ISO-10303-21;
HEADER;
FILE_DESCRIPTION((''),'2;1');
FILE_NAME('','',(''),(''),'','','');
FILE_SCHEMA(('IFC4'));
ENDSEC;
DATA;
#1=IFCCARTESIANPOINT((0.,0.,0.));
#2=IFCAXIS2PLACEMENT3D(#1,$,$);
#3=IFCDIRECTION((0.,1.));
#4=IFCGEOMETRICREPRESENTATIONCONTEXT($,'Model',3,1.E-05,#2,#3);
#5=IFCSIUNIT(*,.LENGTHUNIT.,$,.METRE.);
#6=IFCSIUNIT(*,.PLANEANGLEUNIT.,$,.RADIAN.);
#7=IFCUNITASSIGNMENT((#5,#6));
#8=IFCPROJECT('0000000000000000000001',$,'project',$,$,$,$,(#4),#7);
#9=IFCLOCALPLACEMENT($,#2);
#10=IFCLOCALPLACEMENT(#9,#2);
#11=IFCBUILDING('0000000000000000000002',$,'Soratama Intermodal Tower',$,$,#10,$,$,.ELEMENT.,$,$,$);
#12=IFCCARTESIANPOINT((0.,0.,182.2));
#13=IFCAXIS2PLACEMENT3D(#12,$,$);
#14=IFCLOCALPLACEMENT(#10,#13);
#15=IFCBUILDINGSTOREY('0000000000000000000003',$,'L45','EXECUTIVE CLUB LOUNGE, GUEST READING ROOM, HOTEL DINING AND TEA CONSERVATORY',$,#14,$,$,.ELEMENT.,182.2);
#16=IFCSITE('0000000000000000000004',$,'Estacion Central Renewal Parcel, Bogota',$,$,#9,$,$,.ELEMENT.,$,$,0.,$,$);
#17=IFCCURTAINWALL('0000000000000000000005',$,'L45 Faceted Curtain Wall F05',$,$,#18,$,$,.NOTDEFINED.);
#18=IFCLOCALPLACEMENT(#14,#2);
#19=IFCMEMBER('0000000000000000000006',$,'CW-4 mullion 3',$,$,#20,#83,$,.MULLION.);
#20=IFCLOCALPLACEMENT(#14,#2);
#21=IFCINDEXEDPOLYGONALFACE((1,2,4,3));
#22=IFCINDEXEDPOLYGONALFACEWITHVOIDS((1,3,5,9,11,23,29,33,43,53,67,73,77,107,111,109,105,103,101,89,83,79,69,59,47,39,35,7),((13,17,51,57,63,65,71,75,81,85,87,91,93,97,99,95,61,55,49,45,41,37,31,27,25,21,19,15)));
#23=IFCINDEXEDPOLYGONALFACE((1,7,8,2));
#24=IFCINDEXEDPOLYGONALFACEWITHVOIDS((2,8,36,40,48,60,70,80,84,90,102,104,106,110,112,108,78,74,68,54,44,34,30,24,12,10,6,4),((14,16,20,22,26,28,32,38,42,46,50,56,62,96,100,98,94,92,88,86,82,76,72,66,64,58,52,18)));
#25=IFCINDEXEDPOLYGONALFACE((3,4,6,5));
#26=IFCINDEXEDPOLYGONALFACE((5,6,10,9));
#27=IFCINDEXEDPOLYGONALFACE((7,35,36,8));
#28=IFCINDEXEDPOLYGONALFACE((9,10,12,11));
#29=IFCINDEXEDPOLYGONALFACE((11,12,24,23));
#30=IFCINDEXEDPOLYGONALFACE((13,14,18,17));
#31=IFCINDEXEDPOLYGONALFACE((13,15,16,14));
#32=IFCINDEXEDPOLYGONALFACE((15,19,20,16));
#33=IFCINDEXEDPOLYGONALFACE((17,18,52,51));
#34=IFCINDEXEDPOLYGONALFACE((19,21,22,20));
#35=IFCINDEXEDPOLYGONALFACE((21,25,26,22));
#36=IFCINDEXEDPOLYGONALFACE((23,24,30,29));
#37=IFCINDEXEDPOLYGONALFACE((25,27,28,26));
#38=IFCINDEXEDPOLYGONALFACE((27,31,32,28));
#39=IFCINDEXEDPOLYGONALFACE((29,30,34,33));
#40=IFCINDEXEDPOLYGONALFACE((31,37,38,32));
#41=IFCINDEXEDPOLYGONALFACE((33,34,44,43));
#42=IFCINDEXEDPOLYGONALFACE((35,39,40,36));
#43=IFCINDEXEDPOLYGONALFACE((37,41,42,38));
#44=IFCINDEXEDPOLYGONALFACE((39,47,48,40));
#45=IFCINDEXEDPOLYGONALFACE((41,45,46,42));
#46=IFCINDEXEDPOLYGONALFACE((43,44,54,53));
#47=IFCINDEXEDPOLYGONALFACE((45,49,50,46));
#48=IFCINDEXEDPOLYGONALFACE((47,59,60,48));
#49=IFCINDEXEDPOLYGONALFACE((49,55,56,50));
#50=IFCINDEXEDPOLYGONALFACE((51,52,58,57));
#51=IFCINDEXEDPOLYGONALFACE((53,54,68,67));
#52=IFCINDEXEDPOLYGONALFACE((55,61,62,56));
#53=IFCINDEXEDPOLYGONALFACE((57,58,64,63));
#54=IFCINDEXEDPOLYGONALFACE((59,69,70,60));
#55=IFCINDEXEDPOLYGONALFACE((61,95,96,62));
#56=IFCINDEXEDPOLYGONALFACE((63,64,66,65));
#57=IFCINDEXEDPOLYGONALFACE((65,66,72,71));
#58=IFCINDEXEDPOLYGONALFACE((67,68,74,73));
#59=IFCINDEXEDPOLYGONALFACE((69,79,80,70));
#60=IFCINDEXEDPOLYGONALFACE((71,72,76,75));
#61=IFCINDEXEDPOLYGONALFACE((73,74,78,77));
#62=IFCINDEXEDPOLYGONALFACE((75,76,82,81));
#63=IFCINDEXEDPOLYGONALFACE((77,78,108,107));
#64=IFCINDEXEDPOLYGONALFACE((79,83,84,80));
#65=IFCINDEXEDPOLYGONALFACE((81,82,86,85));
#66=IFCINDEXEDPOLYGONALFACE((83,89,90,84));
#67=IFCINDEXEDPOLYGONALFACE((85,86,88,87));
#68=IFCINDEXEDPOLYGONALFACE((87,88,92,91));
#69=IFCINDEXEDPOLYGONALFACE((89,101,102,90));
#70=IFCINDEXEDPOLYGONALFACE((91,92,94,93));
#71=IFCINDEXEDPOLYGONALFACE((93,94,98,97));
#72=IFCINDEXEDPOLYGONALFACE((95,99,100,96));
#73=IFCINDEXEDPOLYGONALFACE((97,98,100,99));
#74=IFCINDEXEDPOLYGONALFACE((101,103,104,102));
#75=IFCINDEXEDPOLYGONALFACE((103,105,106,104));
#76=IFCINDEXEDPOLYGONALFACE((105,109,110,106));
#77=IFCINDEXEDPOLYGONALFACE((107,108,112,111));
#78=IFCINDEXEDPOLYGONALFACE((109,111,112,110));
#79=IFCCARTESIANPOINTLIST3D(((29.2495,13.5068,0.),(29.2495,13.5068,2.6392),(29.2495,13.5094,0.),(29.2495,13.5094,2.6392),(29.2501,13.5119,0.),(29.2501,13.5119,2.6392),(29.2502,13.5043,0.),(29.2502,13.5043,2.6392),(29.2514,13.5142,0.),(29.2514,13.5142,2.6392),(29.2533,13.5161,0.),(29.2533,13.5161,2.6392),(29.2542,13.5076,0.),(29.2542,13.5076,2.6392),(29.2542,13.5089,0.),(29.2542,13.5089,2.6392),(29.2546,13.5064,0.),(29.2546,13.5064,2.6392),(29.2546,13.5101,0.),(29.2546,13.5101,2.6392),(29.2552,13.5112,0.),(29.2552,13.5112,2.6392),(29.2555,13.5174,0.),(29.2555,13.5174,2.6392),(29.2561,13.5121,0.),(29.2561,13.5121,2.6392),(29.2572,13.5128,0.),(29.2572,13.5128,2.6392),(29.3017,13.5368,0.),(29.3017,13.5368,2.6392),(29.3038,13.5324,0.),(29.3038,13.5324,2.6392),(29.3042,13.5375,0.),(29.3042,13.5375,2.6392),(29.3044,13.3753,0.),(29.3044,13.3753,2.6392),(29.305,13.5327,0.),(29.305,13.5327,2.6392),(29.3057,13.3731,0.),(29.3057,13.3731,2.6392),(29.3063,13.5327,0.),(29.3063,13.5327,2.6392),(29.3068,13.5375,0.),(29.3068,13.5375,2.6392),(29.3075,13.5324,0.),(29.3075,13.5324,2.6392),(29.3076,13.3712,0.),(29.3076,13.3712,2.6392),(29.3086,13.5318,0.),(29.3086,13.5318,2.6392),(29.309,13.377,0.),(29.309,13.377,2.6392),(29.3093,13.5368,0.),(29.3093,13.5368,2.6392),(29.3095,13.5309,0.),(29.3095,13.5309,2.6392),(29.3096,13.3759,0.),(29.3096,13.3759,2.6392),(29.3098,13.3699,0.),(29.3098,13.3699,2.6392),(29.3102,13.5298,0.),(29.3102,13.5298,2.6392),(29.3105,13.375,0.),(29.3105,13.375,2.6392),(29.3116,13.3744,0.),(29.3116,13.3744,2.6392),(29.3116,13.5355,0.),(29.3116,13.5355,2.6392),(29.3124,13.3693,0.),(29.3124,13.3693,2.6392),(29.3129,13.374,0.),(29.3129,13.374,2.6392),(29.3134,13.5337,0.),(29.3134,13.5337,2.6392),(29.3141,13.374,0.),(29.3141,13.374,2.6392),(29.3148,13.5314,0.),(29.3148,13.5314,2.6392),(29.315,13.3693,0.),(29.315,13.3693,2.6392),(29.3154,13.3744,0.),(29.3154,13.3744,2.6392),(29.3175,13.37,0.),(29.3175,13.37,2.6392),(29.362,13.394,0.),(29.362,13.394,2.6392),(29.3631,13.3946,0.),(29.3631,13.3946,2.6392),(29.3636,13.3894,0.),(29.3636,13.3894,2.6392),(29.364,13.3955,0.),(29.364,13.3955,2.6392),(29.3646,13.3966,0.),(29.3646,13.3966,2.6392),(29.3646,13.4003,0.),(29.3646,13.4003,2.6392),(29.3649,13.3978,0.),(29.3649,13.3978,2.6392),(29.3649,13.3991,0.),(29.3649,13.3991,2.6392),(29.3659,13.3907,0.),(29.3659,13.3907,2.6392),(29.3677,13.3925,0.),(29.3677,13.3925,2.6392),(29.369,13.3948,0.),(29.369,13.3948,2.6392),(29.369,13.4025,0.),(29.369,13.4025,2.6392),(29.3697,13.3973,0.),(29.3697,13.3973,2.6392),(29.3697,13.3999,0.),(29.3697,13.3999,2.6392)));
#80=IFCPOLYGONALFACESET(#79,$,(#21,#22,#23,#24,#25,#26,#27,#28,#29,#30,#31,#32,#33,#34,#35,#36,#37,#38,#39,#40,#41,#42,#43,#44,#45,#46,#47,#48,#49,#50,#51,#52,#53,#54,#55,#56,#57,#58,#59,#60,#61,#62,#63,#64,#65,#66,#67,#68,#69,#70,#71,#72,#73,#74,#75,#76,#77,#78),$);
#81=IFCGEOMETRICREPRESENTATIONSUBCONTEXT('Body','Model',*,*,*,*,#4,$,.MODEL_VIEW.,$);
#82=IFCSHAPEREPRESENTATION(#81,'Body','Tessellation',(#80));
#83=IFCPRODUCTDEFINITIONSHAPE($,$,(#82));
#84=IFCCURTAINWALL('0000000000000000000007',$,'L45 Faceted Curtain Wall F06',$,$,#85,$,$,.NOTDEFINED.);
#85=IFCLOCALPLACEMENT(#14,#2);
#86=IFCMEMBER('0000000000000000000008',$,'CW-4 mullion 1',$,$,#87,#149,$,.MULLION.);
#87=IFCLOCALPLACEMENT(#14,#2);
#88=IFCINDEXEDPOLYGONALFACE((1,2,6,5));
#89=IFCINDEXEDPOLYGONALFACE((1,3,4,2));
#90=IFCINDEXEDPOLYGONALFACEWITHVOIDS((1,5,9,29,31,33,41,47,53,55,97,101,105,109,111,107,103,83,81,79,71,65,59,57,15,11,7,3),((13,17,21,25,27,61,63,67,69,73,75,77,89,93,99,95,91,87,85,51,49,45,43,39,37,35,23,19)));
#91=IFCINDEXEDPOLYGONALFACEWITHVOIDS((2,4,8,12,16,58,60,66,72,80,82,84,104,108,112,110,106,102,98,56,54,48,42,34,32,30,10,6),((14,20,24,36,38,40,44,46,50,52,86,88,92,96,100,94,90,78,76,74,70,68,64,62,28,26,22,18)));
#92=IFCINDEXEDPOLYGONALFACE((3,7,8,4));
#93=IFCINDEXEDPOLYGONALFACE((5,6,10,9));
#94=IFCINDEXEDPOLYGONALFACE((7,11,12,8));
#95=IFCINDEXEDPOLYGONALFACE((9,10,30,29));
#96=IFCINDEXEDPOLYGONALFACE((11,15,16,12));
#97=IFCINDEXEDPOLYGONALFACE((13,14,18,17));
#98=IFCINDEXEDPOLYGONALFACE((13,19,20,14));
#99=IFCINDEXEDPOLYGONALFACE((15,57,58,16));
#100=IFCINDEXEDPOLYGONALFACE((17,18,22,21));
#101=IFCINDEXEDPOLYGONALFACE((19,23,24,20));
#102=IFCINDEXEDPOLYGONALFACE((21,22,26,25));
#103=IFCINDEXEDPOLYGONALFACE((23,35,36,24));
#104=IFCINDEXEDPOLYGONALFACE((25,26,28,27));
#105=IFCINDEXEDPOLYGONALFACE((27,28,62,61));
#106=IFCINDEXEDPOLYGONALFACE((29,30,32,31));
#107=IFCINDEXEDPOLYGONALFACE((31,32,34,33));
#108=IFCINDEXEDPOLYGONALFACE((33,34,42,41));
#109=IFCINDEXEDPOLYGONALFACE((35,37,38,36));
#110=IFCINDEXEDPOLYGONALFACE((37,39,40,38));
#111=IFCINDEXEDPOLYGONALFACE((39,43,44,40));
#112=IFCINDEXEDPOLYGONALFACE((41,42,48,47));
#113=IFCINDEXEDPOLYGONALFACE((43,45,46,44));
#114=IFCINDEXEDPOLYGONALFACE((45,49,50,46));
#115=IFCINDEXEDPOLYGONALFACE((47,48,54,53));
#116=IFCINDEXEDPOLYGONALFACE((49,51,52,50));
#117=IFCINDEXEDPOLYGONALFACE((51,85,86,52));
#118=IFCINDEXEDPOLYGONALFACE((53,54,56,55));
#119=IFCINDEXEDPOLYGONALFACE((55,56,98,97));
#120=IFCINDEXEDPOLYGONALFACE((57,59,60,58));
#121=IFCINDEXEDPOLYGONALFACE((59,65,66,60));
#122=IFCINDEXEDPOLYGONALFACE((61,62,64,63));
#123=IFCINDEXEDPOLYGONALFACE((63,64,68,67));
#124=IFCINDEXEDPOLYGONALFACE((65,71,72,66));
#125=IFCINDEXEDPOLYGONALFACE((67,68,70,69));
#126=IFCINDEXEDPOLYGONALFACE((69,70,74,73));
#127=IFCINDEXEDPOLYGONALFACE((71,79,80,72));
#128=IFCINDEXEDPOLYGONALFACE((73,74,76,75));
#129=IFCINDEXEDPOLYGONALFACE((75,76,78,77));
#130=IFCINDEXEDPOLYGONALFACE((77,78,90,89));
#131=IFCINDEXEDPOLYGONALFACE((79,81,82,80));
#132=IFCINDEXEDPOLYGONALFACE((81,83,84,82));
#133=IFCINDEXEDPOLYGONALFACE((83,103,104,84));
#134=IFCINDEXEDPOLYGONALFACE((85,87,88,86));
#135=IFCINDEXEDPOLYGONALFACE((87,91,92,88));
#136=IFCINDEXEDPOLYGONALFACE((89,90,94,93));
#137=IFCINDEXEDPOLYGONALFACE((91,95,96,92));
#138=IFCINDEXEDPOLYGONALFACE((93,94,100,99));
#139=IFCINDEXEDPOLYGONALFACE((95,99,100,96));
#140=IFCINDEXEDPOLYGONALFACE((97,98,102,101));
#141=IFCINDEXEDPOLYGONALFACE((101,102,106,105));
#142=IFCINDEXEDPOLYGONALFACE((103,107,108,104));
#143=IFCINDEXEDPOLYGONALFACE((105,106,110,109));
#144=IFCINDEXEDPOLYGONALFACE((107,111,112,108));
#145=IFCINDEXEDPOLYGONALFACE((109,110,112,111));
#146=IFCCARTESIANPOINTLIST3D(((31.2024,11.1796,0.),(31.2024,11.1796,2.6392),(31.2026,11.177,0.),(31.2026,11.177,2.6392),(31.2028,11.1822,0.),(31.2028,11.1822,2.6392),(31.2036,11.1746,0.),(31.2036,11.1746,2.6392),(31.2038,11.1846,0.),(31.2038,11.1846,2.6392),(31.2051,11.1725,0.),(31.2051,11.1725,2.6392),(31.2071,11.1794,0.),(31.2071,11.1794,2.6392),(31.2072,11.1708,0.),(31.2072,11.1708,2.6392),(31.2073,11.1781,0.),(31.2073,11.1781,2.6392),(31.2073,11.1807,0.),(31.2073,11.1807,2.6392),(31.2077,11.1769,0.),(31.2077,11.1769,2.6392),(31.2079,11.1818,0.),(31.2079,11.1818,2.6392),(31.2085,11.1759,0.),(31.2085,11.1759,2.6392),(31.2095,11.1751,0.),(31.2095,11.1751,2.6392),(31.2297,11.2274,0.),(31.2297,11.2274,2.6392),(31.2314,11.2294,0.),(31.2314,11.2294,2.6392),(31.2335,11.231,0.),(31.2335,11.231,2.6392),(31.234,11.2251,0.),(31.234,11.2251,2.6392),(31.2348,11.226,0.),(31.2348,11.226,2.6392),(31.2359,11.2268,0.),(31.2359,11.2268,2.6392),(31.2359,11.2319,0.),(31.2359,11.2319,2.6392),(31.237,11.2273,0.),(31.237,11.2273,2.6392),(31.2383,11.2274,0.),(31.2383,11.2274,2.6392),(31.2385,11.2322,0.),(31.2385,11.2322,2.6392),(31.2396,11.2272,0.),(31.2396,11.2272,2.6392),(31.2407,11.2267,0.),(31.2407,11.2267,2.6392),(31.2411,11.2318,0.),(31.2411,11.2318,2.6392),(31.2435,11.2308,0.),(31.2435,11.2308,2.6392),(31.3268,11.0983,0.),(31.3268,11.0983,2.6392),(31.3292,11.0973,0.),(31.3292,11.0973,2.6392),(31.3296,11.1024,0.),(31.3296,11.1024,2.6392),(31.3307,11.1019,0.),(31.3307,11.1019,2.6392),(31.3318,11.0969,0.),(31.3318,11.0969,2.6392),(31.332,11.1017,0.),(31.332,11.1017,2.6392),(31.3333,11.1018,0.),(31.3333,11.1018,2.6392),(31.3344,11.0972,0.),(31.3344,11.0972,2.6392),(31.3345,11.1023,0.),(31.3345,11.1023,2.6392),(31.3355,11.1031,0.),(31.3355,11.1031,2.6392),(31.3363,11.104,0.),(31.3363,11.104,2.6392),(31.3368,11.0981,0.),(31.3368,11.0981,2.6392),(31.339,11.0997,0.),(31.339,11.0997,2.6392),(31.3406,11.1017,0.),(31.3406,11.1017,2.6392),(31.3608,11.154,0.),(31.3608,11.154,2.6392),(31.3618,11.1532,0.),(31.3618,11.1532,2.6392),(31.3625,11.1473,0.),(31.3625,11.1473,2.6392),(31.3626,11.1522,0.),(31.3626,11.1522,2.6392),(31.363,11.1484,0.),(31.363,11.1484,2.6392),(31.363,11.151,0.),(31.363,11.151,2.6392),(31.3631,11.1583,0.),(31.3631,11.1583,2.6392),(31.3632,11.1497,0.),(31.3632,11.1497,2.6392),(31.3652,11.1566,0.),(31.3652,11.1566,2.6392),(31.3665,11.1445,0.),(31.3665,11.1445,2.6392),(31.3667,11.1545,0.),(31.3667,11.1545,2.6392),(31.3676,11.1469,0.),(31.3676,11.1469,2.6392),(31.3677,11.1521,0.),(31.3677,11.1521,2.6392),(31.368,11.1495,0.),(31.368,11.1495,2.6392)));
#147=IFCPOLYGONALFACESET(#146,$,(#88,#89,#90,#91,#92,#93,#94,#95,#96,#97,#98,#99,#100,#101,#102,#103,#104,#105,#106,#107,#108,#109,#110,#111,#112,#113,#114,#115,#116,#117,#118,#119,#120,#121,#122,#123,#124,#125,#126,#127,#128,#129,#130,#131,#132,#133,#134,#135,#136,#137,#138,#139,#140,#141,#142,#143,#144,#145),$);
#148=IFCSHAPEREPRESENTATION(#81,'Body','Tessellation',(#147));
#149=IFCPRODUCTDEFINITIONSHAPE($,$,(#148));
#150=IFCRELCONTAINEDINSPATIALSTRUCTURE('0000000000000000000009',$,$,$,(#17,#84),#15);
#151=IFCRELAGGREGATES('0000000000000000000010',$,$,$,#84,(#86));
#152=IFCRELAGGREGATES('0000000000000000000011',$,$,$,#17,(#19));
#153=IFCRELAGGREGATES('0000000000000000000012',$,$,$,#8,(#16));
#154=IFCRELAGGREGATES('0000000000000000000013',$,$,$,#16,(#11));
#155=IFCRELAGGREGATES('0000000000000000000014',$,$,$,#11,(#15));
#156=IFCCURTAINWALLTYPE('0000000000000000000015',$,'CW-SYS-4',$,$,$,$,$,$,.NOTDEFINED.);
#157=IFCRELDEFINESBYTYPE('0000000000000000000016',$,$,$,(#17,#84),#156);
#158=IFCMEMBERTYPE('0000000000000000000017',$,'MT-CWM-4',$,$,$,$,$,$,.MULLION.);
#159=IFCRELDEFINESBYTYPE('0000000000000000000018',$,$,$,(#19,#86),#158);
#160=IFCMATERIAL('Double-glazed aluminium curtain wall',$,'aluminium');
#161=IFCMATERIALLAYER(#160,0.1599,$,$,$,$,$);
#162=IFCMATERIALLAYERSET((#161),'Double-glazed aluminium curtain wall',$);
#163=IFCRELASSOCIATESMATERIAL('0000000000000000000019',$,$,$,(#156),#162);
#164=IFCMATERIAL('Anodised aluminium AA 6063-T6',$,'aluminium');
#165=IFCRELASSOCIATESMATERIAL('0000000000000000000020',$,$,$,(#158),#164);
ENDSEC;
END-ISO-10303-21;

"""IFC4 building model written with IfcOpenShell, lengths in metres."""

from ifc_helpers import new_model, si_unit, direction, frame, origin, origin_2d, place, context, subcontext, project, spatial, hollow_rectangle, extrude, material, layer, layer_set, material_profile, profile_set, type_object, element, aggregate, save


model = new_model("IFC4")

# Units and contexts
model_context = context("Model", 3, precision=1e-05, world=origin(), true_north=direction((0.0, 1.0)))
body_context = subcontext(model_context, "Body", "Model", "MODEL_VIEW")
ifc_project = project(units=[si_unit("LENGTHUNIT", "METRE"), si_unit("PLANEANGLEUNIT", "RADIAN")], contexts=[model_context])

# Site, building, storey
site_placement = place(None, origin())
site = spatial("IfcSite", under=ifc_project, at=site_placement, Name="Estacion Central Renewal Parcel, Bogota", CompositionType="ELEMENT", RefElevation=0.0)
building_placement = place(site_placement, origin())
building = spatial("IfcBuilding", under=site, at=building_placement, Name="Soratama Intermodal Tower", CompositionType="ELEMENT")
storey_placement = place(building_placement, frame((0.0, 0.0, 182.2)))
storey = spatial("IfcBuildingStorey", under=building, at=storey_placement, Name="L45", Description="EXECUTIVE CLUB LOUNGE, GUEST READING ROOM, HOTEL DINING AND TEA CONSERVATORY", CompositionType="ELEMENT", Elevation=182.2)

# Curtain walls, members
ifc_material_1 = material(Name="Double-glazed aluminium curtain wall", Category="aluminium")
ifc_layer_1 = layer(ifc_material_1, 0.1599)
ifc_layer_set_1 = layer_set([ifc_layer_1], Name="Double-glazed aluminium curtain wall")
curtain_wall_type = type_object("IfcCurtainWallType", Name="CW-SYS-4", PredefinedType="NOTDEFINED", material=ifc_layer_set_1)
curtain_wall_1_placement = place(storey_placement, origin())
curtain_wall_1 = element("IfcCurtainWall", 1, at=curtain_wall_1_placement, inside=storey, type_object=curtain_wall_type, Name="L45 Faceted Curtain Wall F05", PredefinedType="NOTDEFINED")
ifc_material_2 = material(Name="Anodised aluminium AA 6063-T6", Category="aluminium")
ifc_material_profile_1 = material_profile(ifc_material_2, hollow_rectangle(XDim=0.0701, YDim=0.1599, WallThickness=0.0049, InnerFilletRadius=0.0049, OuterFilletRadius=0.01, at=origin_2d()), Name="CWM160X70X5")
ifc_profile_set_1 = profile_set([ifc_material_profile_1], Name="Anodised aluminium AA 6063-T6")
member_type_1 = type_object("IfcMemberType", Name="MT-CWM-4", PredefinedType="MULLION", material=ifc_profile_set_1)
member_1_placement = place(storey_placement, frame((29.3096, 13.4534, 0.0), z_axis=(0.0, 0.0, 1.0), x_axis=(0.921861, 0.387521, 0.0)))
member_1 = element("IfcMember", 2, at=member_1_placement, type_object=member_type_1, Name="CW-4 mullion 3", PredefinedType="MULLION", context=body_context, shape_type="SweptSolid", body=[
    extrude(hollow_rectangle(XDim=0.0701, YDim=0.1599, WallThickness=0.0049, InnerFilletRadius=0.0049, OuterFilletRadius=0.01, at=origin_2d()), origin(), (0.0, 0.0, 1.0), 2.6392),
])
curtain_wall_2_placement = place(storey_placement, origin())
curtain_wall_2 = element("IfcCurtainWall", 3, at=curtain_wall_2_placement, inside=storey, type_object=curtain_wall_type, Name="L45 Faceted Curtain Wall F06", PredefinedType="NOTDEFINED")
member_2_placement = place(storey_placement, frame((31.2852, 11.1646, 0.0), z_axis=(0.0, 0.0, 1.0), x_axis=(0.518027, 0.855364, 0.0)))
member_2 = element("IfcMember", 4, at=member_2_placement, type_object=member_type_1, Name="CW-4 mullion 1", PredefinedType="MULLION", context=body_context, shape_type="SweptSolid", body=[
    extrude(hollow_rectangle(XDim=0.0701, YDim=0.1599, WallThickness=0.0049, InnerFilletRadius=0.0049, OuterFilletRadius=0.01, at=origin_2d()), origin(), (0.0, 0.0, 1.0), 2.6392),
])

aggregate(curtain_wall_2, [member_2])

aggregate(curtain_wall_1, [member_1])

save(model, "model.ifc")
